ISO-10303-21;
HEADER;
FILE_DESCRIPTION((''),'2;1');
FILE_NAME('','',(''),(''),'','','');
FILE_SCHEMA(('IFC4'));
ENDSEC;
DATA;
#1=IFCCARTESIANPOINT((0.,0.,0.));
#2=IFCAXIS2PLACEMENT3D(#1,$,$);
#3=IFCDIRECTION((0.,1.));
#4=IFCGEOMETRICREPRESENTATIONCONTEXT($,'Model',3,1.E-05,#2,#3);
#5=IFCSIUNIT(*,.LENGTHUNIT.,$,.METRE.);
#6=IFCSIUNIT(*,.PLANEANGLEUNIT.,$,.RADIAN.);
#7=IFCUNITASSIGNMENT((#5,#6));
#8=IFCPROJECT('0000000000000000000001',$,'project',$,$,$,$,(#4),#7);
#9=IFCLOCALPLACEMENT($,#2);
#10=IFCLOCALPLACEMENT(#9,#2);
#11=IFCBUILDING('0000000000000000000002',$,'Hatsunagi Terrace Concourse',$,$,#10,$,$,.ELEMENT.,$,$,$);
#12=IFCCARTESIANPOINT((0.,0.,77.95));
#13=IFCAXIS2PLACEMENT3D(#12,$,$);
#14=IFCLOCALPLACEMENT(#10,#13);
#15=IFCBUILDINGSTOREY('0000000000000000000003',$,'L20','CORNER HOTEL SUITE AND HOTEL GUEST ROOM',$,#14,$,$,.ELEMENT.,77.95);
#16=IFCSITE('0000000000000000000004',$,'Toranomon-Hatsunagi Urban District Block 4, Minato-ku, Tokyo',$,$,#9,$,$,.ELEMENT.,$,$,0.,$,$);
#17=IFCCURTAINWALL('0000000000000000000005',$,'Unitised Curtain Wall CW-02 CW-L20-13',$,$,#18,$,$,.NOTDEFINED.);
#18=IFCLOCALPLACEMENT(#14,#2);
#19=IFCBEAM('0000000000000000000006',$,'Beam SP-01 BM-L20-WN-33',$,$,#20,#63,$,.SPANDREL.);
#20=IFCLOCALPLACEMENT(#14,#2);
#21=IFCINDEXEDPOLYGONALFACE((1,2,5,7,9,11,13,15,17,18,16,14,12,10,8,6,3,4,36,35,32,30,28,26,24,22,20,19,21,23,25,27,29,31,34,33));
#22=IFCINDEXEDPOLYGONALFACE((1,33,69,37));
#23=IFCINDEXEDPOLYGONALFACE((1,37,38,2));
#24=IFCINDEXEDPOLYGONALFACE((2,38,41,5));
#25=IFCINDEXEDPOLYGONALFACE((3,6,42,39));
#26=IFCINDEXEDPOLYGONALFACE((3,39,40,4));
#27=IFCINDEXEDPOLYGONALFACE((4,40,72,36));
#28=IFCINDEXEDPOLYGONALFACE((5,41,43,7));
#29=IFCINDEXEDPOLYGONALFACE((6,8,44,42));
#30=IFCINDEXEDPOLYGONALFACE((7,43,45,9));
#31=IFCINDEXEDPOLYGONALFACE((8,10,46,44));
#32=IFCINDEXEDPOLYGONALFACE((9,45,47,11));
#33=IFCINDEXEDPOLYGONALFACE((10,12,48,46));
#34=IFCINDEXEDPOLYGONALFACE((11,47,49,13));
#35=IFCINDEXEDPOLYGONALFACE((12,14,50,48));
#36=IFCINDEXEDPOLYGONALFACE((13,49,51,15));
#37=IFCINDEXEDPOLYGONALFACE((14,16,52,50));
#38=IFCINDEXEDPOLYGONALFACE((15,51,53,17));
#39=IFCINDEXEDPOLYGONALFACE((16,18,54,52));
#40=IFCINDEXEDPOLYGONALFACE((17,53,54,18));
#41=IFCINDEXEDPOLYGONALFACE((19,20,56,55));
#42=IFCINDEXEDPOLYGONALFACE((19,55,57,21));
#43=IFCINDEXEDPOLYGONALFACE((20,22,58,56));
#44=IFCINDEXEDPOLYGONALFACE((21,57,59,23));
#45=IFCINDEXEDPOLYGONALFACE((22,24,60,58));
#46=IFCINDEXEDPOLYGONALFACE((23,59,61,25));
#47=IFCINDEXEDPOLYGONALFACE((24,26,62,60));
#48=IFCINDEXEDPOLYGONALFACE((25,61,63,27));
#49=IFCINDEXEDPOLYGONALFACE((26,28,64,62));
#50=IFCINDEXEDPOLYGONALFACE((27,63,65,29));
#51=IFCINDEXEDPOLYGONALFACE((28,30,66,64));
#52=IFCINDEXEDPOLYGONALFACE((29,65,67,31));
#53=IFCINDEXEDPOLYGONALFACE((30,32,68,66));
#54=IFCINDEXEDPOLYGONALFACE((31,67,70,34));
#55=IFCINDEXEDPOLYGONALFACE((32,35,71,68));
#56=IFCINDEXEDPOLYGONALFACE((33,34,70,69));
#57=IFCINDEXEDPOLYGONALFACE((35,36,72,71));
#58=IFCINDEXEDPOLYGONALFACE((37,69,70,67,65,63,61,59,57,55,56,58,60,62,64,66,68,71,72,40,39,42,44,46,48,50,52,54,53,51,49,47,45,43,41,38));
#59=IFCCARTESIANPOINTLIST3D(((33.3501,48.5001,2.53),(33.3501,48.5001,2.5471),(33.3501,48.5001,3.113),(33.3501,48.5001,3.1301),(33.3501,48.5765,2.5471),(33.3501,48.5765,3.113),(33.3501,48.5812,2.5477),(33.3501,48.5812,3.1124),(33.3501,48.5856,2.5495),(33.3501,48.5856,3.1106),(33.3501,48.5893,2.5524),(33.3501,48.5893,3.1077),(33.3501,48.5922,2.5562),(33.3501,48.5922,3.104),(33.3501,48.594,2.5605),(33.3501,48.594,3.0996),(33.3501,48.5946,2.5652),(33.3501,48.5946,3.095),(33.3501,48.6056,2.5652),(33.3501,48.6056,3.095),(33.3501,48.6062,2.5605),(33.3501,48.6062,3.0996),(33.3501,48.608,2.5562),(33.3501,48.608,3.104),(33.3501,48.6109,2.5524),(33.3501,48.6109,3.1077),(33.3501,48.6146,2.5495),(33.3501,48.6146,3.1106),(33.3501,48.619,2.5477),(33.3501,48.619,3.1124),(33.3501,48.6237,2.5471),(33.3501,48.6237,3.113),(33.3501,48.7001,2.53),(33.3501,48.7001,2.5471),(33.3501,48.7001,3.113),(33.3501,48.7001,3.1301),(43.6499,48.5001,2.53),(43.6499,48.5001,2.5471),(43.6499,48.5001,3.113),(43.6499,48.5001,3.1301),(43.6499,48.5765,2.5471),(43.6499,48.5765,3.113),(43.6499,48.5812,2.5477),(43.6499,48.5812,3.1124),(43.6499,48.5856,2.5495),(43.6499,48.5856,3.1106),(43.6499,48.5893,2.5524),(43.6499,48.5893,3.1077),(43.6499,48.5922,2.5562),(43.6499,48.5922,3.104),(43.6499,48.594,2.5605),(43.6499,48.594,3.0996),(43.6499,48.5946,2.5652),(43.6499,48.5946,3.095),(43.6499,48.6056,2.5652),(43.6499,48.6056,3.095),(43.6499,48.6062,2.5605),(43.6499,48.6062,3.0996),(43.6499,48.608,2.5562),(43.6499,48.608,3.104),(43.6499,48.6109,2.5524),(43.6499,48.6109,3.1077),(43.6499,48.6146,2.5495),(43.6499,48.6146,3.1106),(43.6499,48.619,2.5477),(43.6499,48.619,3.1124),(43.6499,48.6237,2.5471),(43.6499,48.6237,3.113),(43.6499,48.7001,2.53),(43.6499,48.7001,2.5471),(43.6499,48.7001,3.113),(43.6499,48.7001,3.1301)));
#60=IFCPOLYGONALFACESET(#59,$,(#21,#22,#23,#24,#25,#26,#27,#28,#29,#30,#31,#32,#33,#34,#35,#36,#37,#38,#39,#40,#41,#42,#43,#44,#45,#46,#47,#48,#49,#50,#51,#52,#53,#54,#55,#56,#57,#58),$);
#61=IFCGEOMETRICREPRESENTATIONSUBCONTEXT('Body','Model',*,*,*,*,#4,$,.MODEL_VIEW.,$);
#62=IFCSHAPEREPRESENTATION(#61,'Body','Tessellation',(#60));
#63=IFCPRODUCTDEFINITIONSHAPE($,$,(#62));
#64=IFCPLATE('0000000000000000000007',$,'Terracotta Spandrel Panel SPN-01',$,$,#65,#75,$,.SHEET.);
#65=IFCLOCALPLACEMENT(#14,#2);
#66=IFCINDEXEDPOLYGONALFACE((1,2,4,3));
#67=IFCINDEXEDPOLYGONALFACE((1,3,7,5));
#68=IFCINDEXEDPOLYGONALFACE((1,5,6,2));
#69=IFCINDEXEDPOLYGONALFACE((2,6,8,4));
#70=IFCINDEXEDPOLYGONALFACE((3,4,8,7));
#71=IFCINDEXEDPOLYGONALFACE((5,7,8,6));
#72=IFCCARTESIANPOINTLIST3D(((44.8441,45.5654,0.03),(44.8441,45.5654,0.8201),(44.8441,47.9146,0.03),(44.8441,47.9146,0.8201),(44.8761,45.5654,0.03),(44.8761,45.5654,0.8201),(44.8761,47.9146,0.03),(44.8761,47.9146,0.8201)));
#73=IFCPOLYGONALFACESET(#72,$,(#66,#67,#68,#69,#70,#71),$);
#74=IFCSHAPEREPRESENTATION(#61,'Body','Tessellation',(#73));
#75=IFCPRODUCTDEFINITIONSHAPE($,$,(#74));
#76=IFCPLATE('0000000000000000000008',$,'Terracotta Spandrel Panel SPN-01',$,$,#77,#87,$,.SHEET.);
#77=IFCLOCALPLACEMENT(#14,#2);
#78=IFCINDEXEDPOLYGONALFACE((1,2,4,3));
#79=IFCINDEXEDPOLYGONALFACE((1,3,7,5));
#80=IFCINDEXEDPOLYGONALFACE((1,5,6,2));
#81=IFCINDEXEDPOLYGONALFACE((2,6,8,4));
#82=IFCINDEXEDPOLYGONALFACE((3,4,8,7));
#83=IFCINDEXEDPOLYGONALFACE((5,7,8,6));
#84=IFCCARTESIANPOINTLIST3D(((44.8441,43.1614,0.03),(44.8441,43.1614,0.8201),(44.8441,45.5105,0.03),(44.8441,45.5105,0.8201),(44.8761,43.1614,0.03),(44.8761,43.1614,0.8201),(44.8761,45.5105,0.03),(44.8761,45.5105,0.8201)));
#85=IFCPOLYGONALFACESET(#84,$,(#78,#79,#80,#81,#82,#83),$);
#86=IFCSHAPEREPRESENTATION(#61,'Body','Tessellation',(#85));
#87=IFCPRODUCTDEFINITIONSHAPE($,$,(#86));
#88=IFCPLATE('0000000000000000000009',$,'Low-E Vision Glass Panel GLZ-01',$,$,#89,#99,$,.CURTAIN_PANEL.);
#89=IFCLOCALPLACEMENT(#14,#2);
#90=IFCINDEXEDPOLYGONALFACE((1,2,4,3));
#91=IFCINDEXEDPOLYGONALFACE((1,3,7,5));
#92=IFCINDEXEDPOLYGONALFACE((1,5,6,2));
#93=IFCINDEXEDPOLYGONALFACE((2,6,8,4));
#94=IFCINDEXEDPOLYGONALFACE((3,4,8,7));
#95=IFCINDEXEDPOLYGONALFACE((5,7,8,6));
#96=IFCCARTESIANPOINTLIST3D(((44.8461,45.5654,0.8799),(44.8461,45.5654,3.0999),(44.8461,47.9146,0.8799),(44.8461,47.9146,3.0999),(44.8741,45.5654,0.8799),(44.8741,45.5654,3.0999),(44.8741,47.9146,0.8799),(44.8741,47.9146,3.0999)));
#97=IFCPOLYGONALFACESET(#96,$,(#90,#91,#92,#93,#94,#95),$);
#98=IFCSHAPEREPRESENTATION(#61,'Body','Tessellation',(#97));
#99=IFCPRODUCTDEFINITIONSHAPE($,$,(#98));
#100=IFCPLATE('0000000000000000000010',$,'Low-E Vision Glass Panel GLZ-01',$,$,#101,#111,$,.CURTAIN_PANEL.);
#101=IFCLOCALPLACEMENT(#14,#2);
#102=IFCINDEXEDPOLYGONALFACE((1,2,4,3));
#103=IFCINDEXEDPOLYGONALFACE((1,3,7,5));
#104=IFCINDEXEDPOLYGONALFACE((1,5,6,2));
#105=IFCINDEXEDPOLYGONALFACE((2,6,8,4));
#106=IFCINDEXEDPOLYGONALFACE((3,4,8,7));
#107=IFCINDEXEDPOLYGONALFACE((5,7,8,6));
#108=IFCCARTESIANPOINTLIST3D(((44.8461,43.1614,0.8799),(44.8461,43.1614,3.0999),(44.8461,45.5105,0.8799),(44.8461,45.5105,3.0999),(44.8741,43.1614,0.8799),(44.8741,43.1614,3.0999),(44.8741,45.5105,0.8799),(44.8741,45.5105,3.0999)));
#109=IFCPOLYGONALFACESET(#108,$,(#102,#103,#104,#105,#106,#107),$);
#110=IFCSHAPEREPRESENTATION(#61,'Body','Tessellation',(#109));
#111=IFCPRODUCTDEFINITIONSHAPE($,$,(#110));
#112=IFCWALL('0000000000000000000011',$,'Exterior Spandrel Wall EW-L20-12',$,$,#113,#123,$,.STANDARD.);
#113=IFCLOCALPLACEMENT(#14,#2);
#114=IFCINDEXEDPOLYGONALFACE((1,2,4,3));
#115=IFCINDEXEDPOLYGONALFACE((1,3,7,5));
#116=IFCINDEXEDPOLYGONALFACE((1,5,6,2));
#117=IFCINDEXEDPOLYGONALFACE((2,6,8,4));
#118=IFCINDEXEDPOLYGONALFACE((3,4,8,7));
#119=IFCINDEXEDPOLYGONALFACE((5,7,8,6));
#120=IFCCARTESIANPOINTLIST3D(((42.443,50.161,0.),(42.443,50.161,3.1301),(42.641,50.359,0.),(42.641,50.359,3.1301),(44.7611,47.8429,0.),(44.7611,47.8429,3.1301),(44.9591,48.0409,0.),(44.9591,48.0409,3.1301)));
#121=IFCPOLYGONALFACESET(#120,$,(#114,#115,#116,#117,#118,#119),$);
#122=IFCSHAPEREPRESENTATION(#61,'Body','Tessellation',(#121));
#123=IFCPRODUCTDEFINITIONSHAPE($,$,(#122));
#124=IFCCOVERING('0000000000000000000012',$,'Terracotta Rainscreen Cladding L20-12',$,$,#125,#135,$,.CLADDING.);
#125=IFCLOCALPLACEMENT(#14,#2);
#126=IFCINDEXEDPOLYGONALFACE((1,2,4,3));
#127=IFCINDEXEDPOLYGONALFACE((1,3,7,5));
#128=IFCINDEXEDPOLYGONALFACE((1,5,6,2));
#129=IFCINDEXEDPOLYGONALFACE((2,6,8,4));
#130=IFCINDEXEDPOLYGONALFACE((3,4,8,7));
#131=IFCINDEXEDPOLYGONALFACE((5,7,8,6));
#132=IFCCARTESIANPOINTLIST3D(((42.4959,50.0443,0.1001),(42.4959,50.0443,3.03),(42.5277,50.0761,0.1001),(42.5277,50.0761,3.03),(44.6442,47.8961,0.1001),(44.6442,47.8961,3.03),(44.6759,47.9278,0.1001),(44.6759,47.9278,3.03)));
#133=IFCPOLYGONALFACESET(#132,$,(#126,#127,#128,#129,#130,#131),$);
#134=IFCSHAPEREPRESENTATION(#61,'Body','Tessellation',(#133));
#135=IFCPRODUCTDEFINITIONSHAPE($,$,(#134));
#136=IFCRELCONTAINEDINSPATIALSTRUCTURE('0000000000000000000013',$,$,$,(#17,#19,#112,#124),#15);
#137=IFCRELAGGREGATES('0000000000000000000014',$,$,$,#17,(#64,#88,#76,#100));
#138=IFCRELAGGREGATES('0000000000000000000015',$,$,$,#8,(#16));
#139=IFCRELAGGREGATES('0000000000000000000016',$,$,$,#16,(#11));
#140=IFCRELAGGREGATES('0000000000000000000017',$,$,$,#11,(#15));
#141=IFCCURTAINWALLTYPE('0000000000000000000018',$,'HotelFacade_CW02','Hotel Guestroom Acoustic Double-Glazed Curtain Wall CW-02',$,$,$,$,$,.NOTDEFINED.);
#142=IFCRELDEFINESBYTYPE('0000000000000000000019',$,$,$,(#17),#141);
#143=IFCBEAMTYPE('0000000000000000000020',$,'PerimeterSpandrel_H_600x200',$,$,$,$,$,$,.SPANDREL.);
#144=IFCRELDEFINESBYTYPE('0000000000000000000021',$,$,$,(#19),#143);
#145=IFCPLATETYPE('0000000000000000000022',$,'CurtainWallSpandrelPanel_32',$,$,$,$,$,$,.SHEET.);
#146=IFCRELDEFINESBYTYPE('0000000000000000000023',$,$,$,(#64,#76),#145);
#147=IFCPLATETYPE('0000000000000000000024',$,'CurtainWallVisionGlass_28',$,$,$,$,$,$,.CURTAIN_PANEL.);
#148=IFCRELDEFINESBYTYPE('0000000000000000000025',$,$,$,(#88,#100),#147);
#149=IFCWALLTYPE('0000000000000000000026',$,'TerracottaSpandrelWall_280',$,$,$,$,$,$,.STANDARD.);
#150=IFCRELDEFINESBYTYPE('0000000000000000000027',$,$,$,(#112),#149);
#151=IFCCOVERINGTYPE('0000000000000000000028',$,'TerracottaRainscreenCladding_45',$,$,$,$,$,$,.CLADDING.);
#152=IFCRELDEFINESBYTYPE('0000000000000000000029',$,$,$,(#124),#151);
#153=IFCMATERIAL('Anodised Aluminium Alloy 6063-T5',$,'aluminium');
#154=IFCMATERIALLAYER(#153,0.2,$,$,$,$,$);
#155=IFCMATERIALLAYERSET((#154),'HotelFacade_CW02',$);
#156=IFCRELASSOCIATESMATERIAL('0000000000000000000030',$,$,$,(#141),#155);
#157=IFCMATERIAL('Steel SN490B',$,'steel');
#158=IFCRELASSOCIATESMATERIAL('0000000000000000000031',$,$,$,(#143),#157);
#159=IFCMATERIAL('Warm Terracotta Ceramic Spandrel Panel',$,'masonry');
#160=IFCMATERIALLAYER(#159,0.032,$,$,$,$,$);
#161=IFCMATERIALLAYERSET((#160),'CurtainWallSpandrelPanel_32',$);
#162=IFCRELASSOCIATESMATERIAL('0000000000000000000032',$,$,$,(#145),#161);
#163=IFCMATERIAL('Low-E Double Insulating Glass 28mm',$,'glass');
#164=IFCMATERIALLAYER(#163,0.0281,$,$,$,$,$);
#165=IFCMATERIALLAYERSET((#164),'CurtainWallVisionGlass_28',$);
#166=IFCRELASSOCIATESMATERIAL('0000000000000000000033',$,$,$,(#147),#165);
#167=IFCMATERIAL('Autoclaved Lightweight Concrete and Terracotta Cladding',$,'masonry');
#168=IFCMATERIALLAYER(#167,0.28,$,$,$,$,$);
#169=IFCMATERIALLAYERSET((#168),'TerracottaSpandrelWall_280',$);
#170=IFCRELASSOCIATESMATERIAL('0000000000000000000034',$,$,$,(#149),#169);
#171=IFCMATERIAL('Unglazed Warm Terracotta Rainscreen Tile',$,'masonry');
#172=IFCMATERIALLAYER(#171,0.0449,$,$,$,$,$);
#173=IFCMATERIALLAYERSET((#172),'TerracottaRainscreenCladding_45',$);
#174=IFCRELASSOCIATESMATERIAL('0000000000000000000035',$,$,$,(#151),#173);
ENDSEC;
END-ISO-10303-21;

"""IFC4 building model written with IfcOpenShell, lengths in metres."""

from ifc_helpers import new_model, si_unit, direction, frame, frame_2d, origin, origin_2d, place, context, subcontext, project, spatial, rectangle, i_section, extrude, material, layer, layer_set, material_profile, profile_set, type_object, element, aggregate, save


model = new_model("IFC4")

# Units and contexts
model_context = context("Model", 3, precision=1e-05, world=origin(), true_north=direction((0.0, 1.0)))
body_context = subcontext(model_context, "Body", "Model", "MODEL_VIEW")
ifc_project = project(units=[si_unit("LENGTHUNIT", "METRE"), si_unit("PLANEANGLEUNIT", "RADIAN")], contexts=[model_context])

# Site, building, storey
site_placement = place(None, origin())
site = spatial("IfcSite", under=ifc_project, at=site_placement, Name="Toranomon-Hatsunagi Urban District Block 4, Minato-ku, Tokyo", CompositionType="ELEMENT", RefElevation=0.0)
building_placement = place(site_placement, origin())
building = spatial("IfcBuilding", under=site, at=building_placement, Name="Hatsunagi Terrace Concourse", CompositionType="ELEMENT")
storey_placement = place(building_placement, frame((0.0, 0.0, 77.95)))
storey = spatial("IfcBuildingStorey", under=building, at=storey_placement, Name="L20", Description="CORNER HOTEL SUITE AND HOTEL GUEST ROOM", CompositionType="ELEMENT", Elevation=77.95)

# Curtain wall
ifc_material_1 = material(Name="Anodised Aluminium Alloy 6063-T5", Category="aluminium")
ifc_layer_1 = layer(ifc_material_1, 0.2)
ifc_layer_set_1 = layer_set([ifc_layer_1], Name="HotelFacade_CW02")
curtain_wall_type = type_object("IfcCurtainWallType", Name="HotelFacade_CW02", Description="Hotel Guestroom Acoustic Double-Glazed Curtain Wall CW-02", PredefinedType="NOTDEFINED", material=ifc_layer_set_1)
curtain_wall_placement = place(storey_placement, origin())
curtain_wall = element("IfcCurtainWall", 1, at=curtain_wall_placement, inside=storey, type_object=curtain_wall_type, Name="Unitised Curtain Wall CW-02 CW-L20-13", PredefinedType="NOTDEFINED")

# Beam
ifc_material_2 = material(Name="Steel SN490B", Category="steel")
ifc_material_profile_1 = material_profile(ifc_material_2, i_section(OverallWidth=0.2, OverallDepth=0.6001, WebThickness=0.011, FlangeThickness=0.0171, FilletRadius=0.0181, at=origin_2d()), Name="H-600x200x11x17")
ifc_profile_set_1 = profile_set([ifc_material_profile_1], Name="Steel SN490B")
beam_type_1 = type_object("IfcBeamType", Name="PerimeterSpandrel_H_600x200", PredefinedType="SPANDREL", material=ifc_profile_set_1)
beam_1_placement = place(storey_placement, frame((33.3501, 48.6001, 2.8301), z_axis=(1.0, 0.0, 0.0), x_axis=(0.0, 1.0, 0.0)))
element("IfcBeam", 2, at=beam_1_placement, inside=storey, type_object=beam_type_1, Name="Beam SP-01 BM-L20-WN-33", PredefinedType="SPANDREL", context=body_context, shape_type="SweptSolid", body=[
    extrude(i_section(OverallWidth=0.2, OverallDepth=0.6001, WebThickness=0.011, FlangeThickness=0.0171, FilletRadius=0.0181, at=origin_2d()), origin(), (0.0, 0.0, 1.0), 10.2998),
])

# Plates
ifc_material_3 = material(Name="Warm Terracotta Ceramic Spandrel Panel", Category="masonry")
ifc_layer_2 = layer(ifc_material_3, 0.032)
ifc_layer_set_2 = layer_set([ifc_layer_2], Name="CurtainWallSpandrelPanel_32")
plate_type_1 = type_object("IfcPlateType", Name="CurtainWallSpandrelPanel_32", PredefinedType="SHEET", material=ifc_layer_set_2)
plate_1_placement = place(storey_placement, frame((44.8601, 46.74, 0.03), z_axis=(0.0, 0.0, 1.0), x_axis=(0.0, -1.0, 0.0)))
plate_1 = element("IfcPlate", 3, at=plate_1_placement, type_object=plate_type_1, Name="Terracotta Spandrel Panel SPN-01", PredefinedType="SHEET", context=body_context, shape_type="SweptSolid", body=[
    extrude(rectangle(XDim=2.3491, YDim=0.032, at=origin_2d()), origin(), (0.0, 0.0, 1.0), 0.79),
])
plate_2_placement = place(storey_placement, frame((44.8601, 44.3359, 0.03), z_axis=(0.0, 0.0, 1.0), x_axis=(0.0, -1.0, 0.0)))
plate_2 = element("IfcPlate", 4, at=plate_2_placement, type_object=plate_type_1, Name="Terracotta Spandrel Panel SPN-01", PredefinedType="SHEET", context=body_context, shape_type="SweptSolid", body=[
    extrude(rectangle(XDim=2.3491, YDim=0.032, at=origin_2d()), origin(), (0.0, 0.0, 1.0), 0.79),
])
ifc_material_4 = material(Name="Low-E Double Insulating Glass 28mm", Category="glass")
ifc_layer_3 = layer(ifc_material_4, 0.0281)
ifc_layer_set_3 = layer_set([ifc_layer_3], Name="CurtainWallVisionGlass_28")
plate_type_2 = type_object("IfcPlateType", Name="CurtainWallVisionGlass_28", PredefinedType="CURTAIN_PANEL", material=ifc_layer_set_3)
plate_3_placement = place(storey_placement, frame((44.8601, 46.74, 0.8799), z_axis=(0.0, 0.0, 1.0), x_axis=(0.0, -1.0, 0.0)))
plate_3 = element("IfcPlate", 5, at=plate_3_placement, type_object=plate_type_2, Name="Low-E Vision Glass Panel GLZ-01", PredefinedType="CURTAIN_PANEL", context=body_context, shape_type="SweptSolid", body=[
    extrude(rectangle(XDim=2.3491, YDim=0.0281, at=origin_2d()), origin(), (0.0, 0.0, 1.0), 2.22),
])
plate_4_placement = place(storey_placement, frame((44.8601, 44.3359, 0.8799), z_axis=(0.0, 0.0, 1.0), x_axis=(0.0, -1.0, 0.0)))
plate_4 = element("IfcPlate", 6, at=plate_4_placement, type_object=plate_type_2, Name="Low-E Vision Glass Panel GLZ-01", PredefinedType="CURTAIN_PANEL", context=body_context, shape_type="SweptSolid", body=[
    extrude(rectangle(XDim=2.3491, YDim=0.0281, at=origin_2d()), origin(), (0.0, 0.0, 1.0), 2.22),
])
aggregate(curtain_wall, [plate_1, plate_3, plate_2, plate_4])

# Wall
ifc_material_5 = material(Name="Autoclaved Lightweight Concrete and Terracotta Cladding", Category="masonry")
ifc_layer_4 = layer(ifc_material_5, 0.28)
ifc_layer_set_4 = layer_set([ifc_layer_4], Name="TerracottaSpandrelWall_280")
wall_type = type_object("IfcWallType", Name="TerracottaSpandrelWall_280", PredefinedType="STANDARD", material=ifc_layer_set_4)
wall_placement = place(storey_placement, frame((42.542, 50.26, 0.0), z_axis=(0.0, 0.0, 1.0), x_axis=(0.707107, -0.707107, 0.0)))
element("IfcWall", 7, at=wall_placement, inside=storey, type_object=wall_type, Name="Exterior Spandrel Wall EW-L20-12", PredefinedType="STANDARD", context=body_context, shape_type="SweptSolid", body=[
    extrude(rectangle(XDim=3.2783, YDim=0.28, at=frame_2d((1.6392, 0.0))), origin(), (0.0, 0.0, 1.0), 3.1301),
])

# Covering
ifc_material_6 = material(Name="Unglazed Warm Terracotta Rainscreen Tile", Category="masonry")
ifc_layer_5 = layer(ifc_material_6, 0.0449)
ifc_layer_set_5 = layer_set([ifc_layer_5], Name="TerracottaRainscreenCladding_45")
covering_type = type_object("IfcCoveringType", Name="TerracottaRainscreenCladding_45", PredefinedType="CLADDING", material=ifc_layer_set_5)
covering_placement = place(storey_placement, frame((43.5859, 48.9861, 0.1001), z_axis=(0.0, 0.0, 1.0), x_axis=(0.707107, -0.707107, 0.0)))
element("IfcCovering", 8, at=covering_placement, inside=storey, type_object=covering_type, Name="Terracotta Rainscreen Cladding L20-12", PredefinedType="CLADDING", context=body_context, shape_type="SweptSolid", body=[
    extrude(rectangle(XDim=3.0381, YDim=0.0449, at=origin_2d()), origin(), (0.0, 0.0, 1.0), 2.9299),
])

save(model, "model.ifc")
